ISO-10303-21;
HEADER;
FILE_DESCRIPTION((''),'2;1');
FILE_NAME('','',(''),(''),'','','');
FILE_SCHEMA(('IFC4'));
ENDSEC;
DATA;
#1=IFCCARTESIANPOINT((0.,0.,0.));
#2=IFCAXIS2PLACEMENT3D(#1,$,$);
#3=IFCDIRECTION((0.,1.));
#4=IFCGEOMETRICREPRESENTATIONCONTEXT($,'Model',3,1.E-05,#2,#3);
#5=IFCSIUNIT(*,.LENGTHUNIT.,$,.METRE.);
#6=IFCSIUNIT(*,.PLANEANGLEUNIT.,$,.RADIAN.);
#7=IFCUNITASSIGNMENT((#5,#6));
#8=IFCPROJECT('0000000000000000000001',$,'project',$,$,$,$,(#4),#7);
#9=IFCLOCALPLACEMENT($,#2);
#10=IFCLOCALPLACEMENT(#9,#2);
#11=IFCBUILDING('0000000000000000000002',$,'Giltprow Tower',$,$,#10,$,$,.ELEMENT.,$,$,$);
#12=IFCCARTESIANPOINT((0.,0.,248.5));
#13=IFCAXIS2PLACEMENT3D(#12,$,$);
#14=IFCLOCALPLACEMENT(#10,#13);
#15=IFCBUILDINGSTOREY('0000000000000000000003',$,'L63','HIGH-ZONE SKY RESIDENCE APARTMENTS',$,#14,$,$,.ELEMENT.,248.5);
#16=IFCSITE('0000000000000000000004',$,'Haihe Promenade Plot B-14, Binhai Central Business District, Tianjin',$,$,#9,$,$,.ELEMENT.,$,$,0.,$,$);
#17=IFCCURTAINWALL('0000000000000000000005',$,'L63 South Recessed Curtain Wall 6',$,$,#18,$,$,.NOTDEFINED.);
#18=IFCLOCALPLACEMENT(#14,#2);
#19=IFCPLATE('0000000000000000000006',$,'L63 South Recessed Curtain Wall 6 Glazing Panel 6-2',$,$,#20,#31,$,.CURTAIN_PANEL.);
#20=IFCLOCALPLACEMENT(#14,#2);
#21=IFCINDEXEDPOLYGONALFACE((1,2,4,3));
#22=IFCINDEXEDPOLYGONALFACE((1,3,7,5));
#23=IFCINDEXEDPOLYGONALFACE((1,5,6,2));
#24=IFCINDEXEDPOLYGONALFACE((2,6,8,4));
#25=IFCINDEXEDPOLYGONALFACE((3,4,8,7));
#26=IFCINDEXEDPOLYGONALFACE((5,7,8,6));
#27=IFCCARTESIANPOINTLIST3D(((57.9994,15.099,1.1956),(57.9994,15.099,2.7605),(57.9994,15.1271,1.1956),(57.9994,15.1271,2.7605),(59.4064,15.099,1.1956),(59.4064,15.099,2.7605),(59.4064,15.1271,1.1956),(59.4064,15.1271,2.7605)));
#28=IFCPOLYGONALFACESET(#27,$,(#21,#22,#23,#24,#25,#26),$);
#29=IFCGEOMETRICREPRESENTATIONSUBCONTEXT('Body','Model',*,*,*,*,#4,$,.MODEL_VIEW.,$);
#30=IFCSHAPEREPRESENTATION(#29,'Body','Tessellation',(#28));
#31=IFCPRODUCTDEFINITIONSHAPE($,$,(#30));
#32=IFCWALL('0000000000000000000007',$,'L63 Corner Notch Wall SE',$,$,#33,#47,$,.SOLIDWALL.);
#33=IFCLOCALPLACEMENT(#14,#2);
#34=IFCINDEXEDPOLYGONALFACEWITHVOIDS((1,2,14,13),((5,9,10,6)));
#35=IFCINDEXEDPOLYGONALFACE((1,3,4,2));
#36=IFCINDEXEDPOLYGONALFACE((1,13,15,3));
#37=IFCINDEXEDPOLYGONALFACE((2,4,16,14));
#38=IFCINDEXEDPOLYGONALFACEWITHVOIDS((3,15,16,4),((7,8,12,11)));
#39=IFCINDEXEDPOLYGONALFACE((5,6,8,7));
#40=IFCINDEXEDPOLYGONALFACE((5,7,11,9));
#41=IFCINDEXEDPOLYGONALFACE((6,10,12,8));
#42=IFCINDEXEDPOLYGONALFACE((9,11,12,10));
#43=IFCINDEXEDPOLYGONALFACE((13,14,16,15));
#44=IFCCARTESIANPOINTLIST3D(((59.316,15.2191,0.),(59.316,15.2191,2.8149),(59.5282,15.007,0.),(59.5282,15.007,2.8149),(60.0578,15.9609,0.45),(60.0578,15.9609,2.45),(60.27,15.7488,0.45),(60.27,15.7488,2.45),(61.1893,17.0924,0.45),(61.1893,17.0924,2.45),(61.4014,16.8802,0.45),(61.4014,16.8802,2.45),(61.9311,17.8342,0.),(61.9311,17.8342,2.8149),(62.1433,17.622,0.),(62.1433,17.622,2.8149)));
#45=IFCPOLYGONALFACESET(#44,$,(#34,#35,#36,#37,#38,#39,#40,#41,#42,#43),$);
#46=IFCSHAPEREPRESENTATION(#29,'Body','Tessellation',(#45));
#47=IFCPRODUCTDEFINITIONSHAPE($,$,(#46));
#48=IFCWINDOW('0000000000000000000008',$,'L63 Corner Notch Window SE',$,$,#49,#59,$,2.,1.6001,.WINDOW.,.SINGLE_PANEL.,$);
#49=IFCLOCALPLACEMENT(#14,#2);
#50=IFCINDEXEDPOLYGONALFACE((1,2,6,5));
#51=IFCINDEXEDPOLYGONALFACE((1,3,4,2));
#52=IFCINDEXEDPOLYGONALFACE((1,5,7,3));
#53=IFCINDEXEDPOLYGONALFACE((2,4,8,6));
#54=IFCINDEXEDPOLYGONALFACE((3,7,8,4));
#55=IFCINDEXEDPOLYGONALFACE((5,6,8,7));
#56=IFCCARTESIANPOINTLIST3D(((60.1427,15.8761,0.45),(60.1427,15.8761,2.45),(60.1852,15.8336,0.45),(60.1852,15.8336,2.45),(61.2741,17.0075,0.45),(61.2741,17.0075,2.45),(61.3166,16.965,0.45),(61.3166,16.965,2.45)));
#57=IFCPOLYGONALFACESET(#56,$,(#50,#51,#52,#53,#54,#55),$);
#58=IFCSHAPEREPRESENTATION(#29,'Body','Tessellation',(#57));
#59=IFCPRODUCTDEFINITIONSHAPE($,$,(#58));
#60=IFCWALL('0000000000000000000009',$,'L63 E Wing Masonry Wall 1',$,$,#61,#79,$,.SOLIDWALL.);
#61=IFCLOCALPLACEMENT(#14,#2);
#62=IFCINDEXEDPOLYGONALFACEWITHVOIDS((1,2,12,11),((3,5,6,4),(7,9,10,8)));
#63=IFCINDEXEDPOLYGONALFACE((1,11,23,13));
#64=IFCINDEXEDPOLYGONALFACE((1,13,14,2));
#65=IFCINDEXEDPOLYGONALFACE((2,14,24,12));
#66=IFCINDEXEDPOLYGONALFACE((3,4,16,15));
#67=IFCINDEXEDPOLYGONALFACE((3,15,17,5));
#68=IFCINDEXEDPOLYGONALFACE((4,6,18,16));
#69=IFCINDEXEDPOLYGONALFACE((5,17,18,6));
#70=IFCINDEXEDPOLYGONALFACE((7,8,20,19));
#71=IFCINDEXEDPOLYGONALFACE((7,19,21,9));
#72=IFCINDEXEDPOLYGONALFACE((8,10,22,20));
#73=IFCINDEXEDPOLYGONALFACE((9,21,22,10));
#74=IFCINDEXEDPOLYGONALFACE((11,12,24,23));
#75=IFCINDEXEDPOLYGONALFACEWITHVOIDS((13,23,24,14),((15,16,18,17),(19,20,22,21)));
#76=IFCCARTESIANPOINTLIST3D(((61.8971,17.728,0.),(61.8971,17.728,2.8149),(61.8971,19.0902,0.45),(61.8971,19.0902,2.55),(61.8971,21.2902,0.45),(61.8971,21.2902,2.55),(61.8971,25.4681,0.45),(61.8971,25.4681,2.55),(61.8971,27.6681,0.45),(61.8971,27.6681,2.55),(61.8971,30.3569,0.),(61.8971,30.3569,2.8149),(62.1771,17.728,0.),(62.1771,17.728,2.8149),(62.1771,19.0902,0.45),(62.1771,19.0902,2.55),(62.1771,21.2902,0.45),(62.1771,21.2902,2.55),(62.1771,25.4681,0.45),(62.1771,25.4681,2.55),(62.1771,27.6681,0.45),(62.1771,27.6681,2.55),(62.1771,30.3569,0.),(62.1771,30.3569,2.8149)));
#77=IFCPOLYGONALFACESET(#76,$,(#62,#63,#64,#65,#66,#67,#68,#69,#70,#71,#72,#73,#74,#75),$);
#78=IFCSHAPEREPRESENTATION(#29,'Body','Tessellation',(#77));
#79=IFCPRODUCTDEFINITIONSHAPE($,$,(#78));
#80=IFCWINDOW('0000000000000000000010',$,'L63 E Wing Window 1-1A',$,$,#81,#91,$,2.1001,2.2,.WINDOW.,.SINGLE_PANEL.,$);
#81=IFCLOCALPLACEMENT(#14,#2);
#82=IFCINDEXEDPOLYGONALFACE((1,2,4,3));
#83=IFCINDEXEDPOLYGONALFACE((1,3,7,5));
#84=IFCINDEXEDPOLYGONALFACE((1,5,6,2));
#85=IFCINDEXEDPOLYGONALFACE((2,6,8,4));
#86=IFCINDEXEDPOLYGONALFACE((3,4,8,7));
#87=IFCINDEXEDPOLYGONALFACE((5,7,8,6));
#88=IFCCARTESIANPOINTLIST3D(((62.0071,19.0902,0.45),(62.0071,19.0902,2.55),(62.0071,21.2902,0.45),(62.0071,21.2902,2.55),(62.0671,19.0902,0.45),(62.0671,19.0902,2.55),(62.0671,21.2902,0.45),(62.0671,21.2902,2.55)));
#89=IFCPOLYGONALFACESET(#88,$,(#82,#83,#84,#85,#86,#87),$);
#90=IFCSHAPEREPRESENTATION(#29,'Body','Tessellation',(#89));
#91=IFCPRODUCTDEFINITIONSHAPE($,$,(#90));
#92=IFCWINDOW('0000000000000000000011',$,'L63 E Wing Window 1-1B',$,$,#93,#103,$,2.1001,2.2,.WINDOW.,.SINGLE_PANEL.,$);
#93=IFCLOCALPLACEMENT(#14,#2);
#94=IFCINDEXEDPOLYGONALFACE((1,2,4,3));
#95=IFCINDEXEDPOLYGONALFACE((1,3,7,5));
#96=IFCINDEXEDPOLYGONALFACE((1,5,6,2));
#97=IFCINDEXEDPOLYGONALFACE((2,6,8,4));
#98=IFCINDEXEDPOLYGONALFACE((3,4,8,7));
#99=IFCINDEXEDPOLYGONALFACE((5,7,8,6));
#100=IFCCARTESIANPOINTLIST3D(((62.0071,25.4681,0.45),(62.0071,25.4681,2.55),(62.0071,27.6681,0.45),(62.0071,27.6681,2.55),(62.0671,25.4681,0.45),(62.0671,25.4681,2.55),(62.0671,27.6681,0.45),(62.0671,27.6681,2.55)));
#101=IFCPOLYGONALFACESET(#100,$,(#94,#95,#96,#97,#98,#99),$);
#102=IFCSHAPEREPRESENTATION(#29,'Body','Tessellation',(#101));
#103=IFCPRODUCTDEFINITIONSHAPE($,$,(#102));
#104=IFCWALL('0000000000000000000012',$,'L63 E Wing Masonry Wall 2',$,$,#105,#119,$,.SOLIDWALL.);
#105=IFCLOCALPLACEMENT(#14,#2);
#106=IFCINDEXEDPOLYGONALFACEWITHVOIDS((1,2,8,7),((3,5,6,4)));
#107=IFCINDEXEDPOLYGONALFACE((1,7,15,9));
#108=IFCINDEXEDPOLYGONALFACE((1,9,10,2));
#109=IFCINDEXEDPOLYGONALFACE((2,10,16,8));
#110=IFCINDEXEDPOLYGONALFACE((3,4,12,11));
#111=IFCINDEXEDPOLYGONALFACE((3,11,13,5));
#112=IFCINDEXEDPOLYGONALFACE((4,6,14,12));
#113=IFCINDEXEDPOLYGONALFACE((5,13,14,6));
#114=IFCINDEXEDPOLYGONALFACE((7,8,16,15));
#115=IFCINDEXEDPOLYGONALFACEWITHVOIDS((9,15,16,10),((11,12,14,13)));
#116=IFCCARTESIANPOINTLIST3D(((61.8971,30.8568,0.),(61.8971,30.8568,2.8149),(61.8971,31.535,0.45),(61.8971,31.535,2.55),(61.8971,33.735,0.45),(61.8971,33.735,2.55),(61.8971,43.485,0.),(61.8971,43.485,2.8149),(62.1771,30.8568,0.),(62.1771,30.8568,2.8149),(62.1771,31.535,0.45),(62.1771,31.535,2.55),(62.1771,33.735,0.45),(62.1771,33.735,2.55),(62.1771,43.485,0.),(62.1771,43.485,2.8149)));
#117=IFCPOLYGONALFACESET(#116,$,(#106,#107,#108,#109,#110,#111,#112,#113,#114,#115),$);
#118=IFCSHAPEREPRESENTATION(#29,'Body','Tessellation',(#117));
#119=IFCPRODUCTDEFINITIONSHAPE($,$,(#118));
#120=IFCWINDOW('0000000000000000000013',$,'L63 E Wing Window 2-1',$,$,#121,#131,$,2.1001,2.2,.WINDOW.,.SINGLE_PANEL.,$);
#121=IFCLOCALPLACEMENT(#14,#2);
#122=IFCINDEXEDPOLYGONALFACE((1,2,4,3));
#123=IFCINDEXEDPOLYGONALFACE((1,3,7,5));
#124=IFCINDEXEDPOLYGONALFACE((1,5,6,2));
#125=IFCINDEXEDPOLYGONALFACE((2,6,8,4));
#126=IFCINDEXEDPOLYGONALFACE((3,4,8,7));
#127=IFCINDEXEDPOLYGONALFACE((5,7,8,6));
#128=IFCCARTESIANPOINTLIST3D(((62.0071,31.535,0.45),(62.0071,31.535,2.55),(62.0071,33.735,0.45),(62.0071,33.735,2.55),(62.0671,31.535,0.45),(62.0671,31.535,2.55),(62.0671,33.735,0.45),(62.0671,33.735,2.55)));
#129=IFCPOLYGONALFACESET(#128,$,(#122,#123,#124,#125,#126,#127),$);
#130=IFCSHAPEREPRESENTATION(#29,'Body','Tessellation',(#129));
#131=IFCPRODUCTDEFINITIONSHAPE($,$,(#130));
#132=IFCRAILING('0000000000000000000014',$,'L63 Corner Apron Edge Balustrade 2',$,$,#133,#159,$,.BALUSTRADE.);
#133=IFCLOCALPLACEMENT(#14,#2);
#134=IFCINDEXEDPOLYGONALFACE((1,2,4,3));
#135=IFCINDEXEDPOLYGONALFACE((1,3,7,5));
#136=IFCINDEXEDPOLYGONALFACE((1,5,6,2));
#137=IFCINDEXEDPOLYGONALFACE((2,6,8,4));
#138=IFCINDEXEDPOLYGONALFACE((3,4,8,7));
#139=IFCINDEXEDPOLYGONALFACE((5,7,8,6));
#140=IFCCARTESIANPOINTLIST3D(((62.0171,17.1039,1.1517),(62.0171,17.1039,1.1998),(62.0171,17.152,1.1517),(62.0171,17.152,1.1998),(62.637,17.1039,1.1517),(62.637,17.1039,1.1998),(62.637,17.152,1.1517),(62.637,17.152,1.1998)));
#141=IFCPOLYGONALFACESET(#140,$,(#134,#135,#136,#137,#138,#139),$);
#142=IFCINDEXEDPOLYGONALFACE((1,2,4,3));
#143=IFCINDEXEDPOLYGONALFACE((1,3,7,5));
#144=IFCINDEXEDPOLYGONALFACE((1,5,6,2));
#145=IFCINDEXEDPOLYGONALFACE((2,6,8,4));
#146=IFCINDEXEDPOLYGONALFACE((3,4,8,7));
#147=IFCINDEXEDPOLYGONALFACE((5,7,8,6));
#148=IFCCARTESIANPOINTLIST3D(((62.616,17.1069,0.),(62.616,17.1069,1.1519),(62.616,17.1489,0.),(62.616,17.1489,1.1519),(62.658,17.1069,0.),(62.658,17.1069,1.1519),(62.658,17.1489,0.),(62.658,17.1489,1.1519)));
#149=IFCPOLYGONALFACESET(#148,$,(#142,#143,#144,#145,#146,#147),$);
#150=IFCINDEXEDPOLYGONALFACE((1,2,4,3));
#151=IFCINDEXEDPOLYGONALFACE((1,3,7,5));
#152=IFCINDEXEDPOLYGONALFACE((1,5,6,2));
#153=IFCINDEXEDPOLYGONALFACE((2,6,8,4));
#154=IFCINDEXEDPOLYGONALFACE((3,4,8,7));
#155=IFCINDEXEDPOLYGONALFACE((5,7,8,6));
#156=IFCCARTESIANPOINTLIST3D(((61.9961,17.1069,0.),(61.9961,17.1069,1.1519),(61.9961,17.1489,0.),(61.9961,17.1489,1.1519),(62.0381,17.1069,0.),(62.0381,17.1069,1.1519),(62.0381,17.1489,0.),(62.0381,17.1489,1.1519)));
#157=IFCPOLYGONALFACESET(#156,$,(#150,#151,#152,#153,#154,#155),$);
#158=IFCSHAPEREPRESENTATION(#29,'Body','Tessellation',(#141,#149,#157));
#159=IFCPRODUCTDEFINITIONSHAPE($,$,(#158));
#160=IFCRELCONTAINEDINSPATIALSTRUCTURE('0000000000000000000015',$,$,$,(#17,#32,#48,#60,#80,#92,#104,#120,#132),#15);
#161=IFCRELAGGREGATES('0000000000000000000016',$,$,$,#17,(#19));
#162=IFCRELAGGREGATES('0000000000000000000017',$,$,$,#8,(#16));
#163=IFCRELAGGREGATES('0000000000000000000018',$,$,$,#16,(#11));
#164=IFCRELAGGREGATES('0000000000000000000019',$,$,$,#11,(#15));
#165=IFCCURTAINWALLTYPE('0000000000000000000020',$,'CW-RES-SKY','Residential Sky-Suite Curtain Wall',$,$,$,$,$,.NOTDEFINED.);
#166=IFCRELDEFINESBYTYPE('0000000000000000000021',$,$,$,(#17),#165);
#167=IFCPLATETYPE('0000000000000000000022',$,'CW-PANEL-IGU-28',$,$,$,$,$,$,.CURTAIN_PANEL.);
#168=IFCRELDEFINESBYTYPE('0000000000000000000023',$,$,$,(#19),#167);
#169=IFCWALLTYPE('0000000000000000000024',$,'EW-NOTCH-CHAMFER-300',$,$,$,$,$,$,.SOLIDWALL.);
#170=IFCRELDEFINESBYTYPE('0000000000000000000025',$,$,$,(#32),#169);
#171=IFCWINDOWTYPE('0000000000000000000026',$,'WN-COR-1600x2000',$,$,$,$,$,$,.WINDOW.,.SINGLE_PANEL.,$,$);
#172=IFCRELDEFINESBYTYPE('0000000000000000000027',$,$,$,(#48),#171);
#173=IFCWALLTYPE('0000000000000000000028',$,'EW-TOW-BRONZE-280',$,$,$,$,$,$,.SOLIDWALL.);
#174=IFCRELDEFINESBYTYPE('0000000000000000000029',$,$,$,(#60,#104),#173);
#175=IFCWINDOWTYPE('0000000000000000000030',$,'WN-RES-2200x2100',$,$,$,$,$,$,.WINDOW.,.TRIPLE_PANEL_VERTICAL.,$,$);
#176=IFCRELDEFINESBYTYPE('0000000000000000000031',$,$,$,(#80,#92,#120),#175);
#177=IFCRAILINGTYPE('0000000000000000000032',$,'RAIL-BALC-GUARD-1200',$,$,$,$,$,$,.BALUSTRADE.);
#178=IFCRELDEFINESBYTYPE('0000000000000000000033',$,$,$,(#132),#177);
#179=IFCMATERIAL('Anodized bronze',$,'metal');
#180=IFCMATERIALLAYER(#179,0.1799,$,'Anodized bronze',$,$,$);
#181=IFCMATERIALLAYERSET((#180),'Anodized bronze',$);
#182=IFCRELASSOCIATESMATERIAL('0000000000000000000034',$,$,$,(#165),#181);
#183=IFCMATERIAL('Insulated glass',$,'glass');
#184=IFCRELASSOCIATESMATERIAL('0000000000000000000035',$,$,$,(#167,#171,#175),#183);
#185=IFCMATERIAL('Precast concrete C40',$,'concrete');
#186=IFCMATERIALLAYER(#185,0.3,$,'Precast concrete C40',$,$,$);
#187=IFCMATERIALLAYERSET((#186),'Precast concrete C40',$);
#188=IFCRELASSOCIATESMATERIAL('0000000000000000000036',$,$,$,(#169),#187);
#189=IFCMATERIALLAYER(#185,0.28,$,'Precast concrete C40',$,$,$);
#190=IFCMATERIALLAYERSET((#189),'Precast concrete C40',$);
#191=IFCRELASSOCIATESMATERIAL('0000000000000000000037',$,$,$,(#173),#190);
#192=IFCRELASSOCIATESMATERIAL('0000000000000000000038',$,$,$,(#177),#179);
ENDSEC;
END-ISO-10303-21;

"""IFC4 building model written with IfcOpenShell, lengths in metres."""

from ifc_helpers import new_model, si_unit, direction, frame, frame_2d, origin, origin_2d, place, context, subcontext, project, spatial, rectangle, extrude, source, transform, mapped, material, layer, layer_set, type_object, element, fill, aggregate, save


model = new_model("IFC4")

# Units and contexts
model_context = context("Model", 3, precision=1e-05, world=origin(), true_north=direction((0.0, 1.0)))
body_context = subcontext(model_context, "Body", "Model", "MODEL_VIEW")
ifc_project = project(units=[si_unit("LENGTHUNIT", "METRE"), si_unit("PLANEANGLEUNIT", "RADIAN")], contexts=[model_context])

# Site, building, storey
site_placement = place(None, origin())
site = spatial("IfcSite", under=ifc_project, at=site_placement, Name="Haihe Promenade Plot B-14, Binhai Central Business District, Tianjin", CompositionType="ELEMENT", RefElevation=0.0)
building_placement = place(site_placement, origin())
building = spatial("IfcBuilding", under=site, at=building_placement, Name="Giltprow Tower", CompositionType="ELEMENT")
storey_placement = place(building_placement, frame((0.0, 0.0, 248.5)))
storey = spatial("IfcBuildingStorey", under=building, at=storey_placement, Name="L63", Description="HIGH-ZONE SKY RESIDENCE APARTMENTS", CompositionType="ELEMENT", Elevation=248.5)

# Curtain wall, plate
ifc_material_1 = material(Name="Anodized bronze", Category="metal")
ifc_layer_1 = layer(ifc_material_1, 0.1799, Name="Anodized bronze")
ifc_layer_set_1 = layer_set([ifc_layer_1], Name="Anodized bronze")
curtain_wall_type = type_object("IfcCurtainWallType", Name="CW-RES-SKY", Description="Residential Sky-Suite Curtain Wall", PredefinedType="NOTDEFINED", material=ifc_layer_set_1)
curtain_wall_placement = place(storey_placement, origin())
curtain_wall = element("IfcCurtainWall", 1, at=curtain_wall_placement, inside=storey, type_object=curtain_wall_type, Name="L63 South Recessed Curtain Wall 6", PredefinedType="NOTDEFINED")
ifc_material_2 = material(Name="Insulated glass", Category="glass")
plate_type = type_object("IfcPlateType", Name="CW-PANEL-IGU-28", PredefinedType="CURTAIN_PANEL", material=ifc_material_2)
shared_shape_1 = source(origin(), body_context, "Body", "SweptSolid", [
    extrude(rectangle(XDim=1.407, YDim=0.0281, at=origin_2d()), origin(), (0.0, 0.0, 1.0), 1.5649),
])
plate_1_placement = place(storey_placement, frame((58.7029, 15.113, 1.1956), z_axis=(0.0, 0.0, 1.0), x_axis=(1.0, 0.0, 0.0)))
plate_1 = element("IfcPlate", 2, at=plate_1_placement, type_object=plate_type, Name="L63 South Recessed Curtain Wall 6 Glazing Panel 6-2", PredefinedType="CURTAIN_PANEL", context=body_context, shape_type="MappedRepresentation", body=[
    mapped(shared_shape_1, transform((0.0, 0.0, 0.0), x_axis=(1.0, 0.0, 0.0), y_axis=(0.0, 1.0, 0.0), z_axis=(0.0, 0.0, 1.0), scale=1.0)),
])
aggregate(curtain_wall, [plate_1])

# Wall, opening, window
ifc_material_3 = material(Name="Precast concrete C40", Category="concrete")
ifc_layer_2 = layer(ifc_material_3, 0.3, Name="Precast concrete C40")
ifc_layer_set_2 = layer_set([ifc_layer_2], Name="Precast concrete C40")
wall_type_1 = type_object("IfcWallType", Name="EW-NOTCH-CHAMFER-300", PredefinedType="SOLIDWALL", material=ifc_layer_set_2)
wall_1_placement = place(storey_placement, frame((59.4221, 15.113, 0.0), z_axis=(0.0, 0.0, 1.0), x_axis=(0.707107, 0.707107, 0.0)))
wall_1 = element("IfcWall", 3, at=wall_1_placement, inside=storey, type_object=wall_type_1, Name="L63 Corner Notch Wall SE", PredefinedType="SOLIDWALL", context=body_context, shape_type="SweptSolid", body=[
    extrude(rectangle(XDim=3.6982, YDim=0.3, at=frame_2d((1.8491, 0.0))), origin(), (0.0, 0.0, 1.0), 2.8149),
])
opening_1_placement = place(wall_1_placement, frame((1.0491, 0.0, 0.45)))
opening_1 = element("IfcOpeningElement", 4, at=opening_1_placement, cuts=wall_1, PredefinedType="OPENING", context=body_context, shape_type="SweptSolid", body=[
    extrude(rectangle(XDim=1.6001, YDim=2.0, at=frame_2d((0.8, 1.0))), frame((0.0, 0.1599, 0.0), z_axis=(0.0, -1.0, 0.0), x_axis=(1.0, 0.0, 0.0)), (0.0, 0.0, 1.0), 0.3201),
])
window_type_1 = type_object("IfcWindowType", Name="WN-COR-1600x2000", PartitioningType="SINGLE_PANEL", PredefinedType="WINDOW", material=ifc_material_2)
shared_shape_2 = source(origin(), body_context, "Body", "SweptSolid", [
    extrude(rectangle(XDim=1.6001, YDim=2.0, at=frame_2d((0.8, 1.0))), frame((0.0, 0.03, 0.0), z_axis=(0.0, -1.0, 0.0), x_axis=(1.0, 0.0, 0.0)), (0.0, 0.0, 1.0), 0.0601),
])
window_1_placement = place(opening_1_placement, origin())
window_1 = element("IfcWindow", 5, at=window_1_placement, inside=storey, type_object=window_type_1, Name="L63 Corner Notch Window SE", OverallHeight=2.0, OverallWidth=1.6001, PartitioningType="SINGLE_PANEL", PredefinedType="WINDOW", context=body_context, shape_type="MappedRepresentation", body=[
    mapped(shared_shape_2, transform((0.0, 0.0, 0.0), x_axis=(1.0, 0.0, 0.0), y_axis=(0.0, 1.0, 0.0), z_axis=(0.0, 0.0, 1.0), scale=1.0)),
])
fill(opening_1, window_1)

# Wall, openings, windows
ifc_layer_3 = layer(ifc_material_3, 0.28, Name="Precast concrete C40")
ifc_layer_set_3 = layer_set([ifc_layer_3], Name="Precast concrete C40")
wall_type_2 = type_object("IfcWallType", Name="EW-TOW-BRONZE-280", PredefinedType="SOLIDWALL", material=ifc_layer_set_3)
wall_2_placement = place(storey_placement, frame((62.0371, 17.728, 0.0), z_axis=(0.0, 0.0, 1.0), x_axis=(0.0, 1.0, 0.0)))
wall_2 = element("IfcWall", 6, at=wall_2_placement, inside=storey, type_object=wall_type_2, Name="L63 E Wing Masonry Wall 1", PredefinedType="SOLIDWALL", context=body_context, shape_type="SweptSolid", body=[
    extrude(rectangle(XDim=12.6289, YDim=0.28, at=frame_2d((6.3145, 0.0))), origin(), (0.0, 0.0, 1.0), 2.8149),
])
opening_2_placement = place(wall_2_placement, frame((1.3621, 0.0, 0.45)))
opening_2 = element("IfcOpeningElement", 7, at=opening_2_placement, cuts=wall_2, PredefinedType="OPENING", context=body_context, shape_type="SweptSolid", body=[
    extrude(rectangle(XDim=2.2, YDim=2.1001, at=frame_2d((1.1001, 1.05))), frame((0.0, 0.1499, 0.0), z_axis=(0.0, -1.0, 0.0), x_axis=(1.0, 0.0, 0.0)), (0.0, 0.0, 1.0), 0.3),
])
opening_3_placement = place(wall_2_placement, frame((7.74, 0.0, 0.45)))
opening_3 = element("IfcOpeningElement", 8, at=opening_3_placement, cuts=wall_2, PredefinedType="OPENING", context=body_context, shape_type="SweptSolid", body=[
    extrude(rectangle(XDim=2.2, YDim=2.1001, at=frame_2d((1.1001, 1.05))), frame((0.0, 0.1499, 0.0), z_axis=(0.0, -1.0, 0.0), x_axis=(1.0, 0.0, 0.0)), (0.0, 0.0, 1.0), 0.3),
])
window_type_2 = type_object("IfcWindowType", Name="WN-RES-2200x2100", PartitioningType="TRIPLE_PANEL_VERTICAL", PredefinedType="WINDOW", material=ifc_material_2)
shared_shape_3 = source(origin(), body_context, "Body", "SweptSolid", [
    extrude(rectangle(XDim=2.2, YDim=2.1001, at=frame_2d((1.1001, 1.05))), frame((0.0, 0.03, 0.0), z_axis=(0.0, -1.0, 0.0), x_axis=(1.0, 0.0, 0.0)), (0.0, 0.0, 1.0), 0.0601),
])
window_2_placement = place(opening_2_placement, origin())
window_2 = element("IfcWindow", 9, at=window_2_placement, inside=storey, type_object=window_type_2, Name="L63 E Wing Window 1-1A", OverallHeight=2.1001, OverallWidth=2.2, PartitioningType="SINGLE_PANEL", PredefinedType="WINDOW", context=body_context, shape_type="MappedRepresentation", body=[
    mapped(shared_shape_3, transform((0.0, 0.0, 0.0), x_axis=(1.0, 0.0, 0.0), y_axis=(0.0, 1.0, 0.0), z_axis=(0.0, 0.0, 1.0), scale=1.0)),
])
fill(opening_2, window_2)
window_3_placement = place(opening_3_placement, origin())
window_3 = element("IfcWindow", 10, at=window_3_placement, inside=storey, type_object=window_type_2, Name="L63 E Wing Window 1-1B", OverallHeight=2.1001, OverallWidth=2.2, PartitioningType="SINGLE_PANEL", PredefinedType="WINDOW", context=body_context, shape_type="MappedRepresentation", body=[
    mapped(shared_shape_3, transform((0.0, 0.0, 0.0), x_axis=(1.0, 0.0, 0.0), y_axis=(0.0, 1.0, 0.0), z_axis=(0.0, 0.0, 1.0), scale=1.0)),
])
fill(opening_3, window_3)

# Wall, opening, window
wall_3_placement = place(storey_placement, frame((62.0371, 30.8569, 0.0), z_axis=(0.0, 0.0, 1.0), x_axis=(0.0, 1.0, 0.0)))
wall_3 = element("IfcWall", 11, at=wall_3_placement, inside=storey, type_object=wall_type_2, Name="L63 E Wing Masonry Wall 2", PredefinedType="SOLIDWALL", context=body_context, shape_type="SweptSolid", body=[
    extrude(rectangle(XDim=12.6282, YDim=0.28, at=frame_2d((6.314, 0.0))), origin(), (0.0, 0.0, 1.0), 2.8149),
])
opening_4_placement = place(wall_3_placement, frame((0.678, 0.0, 0.45)))
opening_4 = element("IfcOpeningElement", 12, at=opening_4_placement, cuts=wall_3, PredefinedType="OPENING", context=body_context, shape_type="SweptSolid", body=[
    extrude(rectangle(XDim=2.2, YDim=2.1001, at=frame_2d((1.1001, 1.05))), frame((0.0, 0.1499, 0.0), z_axis=(0.0, -1.0, 0.0), x_axis=(1.0, 0.0, 0.0)), (0.0, 0.0, 1.0), 0.3),
])
window_4_placement = place(opening_4_placement, origin())
window_4 = element("IfcWindow", 13, at=window_4_placement, inside=storey, type_object=window_type_2, Name="L63 E Wing Window 2-1", OverallHeight=2.1001, OverallWidth=2.2, PartitioningType="SINGLE_PANEL", PredefinedType="WINDOW", context=body_context, shape_type="MappedRepresentation", body=[
    mapped(shared_shape_3, transform((0.0, 0.0, 0.0), x_axis=(1.0, 0.0, 0.0), y_axis=(0.0, 1.0, 0.0), z_axis=(0.0, 0.0, 1.0), scale=1.0)),
])
fill(opening_4, window_4)

# Railing
railing_type = type_object("IfcRailingType", Name="RAIL-BALC-GUARD-1200", PredefinedType="BALUSTRADE", material=ifc_material_1)
railing_1_placement = place(storey_placement, frame((62.637, 17.1279, 0.0)))
element("IfcRailing", 14, at=railing_1_placement, inside=storey, type_object=railing_type, Name="L63 Corner Apron Edge Balustrade 2", PredefinedType="BALUSTRADE", context=body_context, shape_type="SweptSolid", body=[
    extrude(rectangle(XDim=0.0481, YDim=0.0481, at=origin_2d()), frame((0.0, 0.0, 1.1758), z_axis=(-1.0, 0.0, 0.0), x_axis=(0.0, -1.0, 0.0)), (0.0, 0.0, 1.0), 0.6199),
    extrude(rectangle(XDim=0.042, YDim=0.042, at=origin_2d()), origin(), (0.0, 0.0, 1.0), 1.1519),
    extrude(rectangle(XDim=0.042, YDim=0.042, at=origin_2d()), frame((-0.6199, 0.0, 0.0)), (0.0, 0.0, 1.0), 1.1519),
])

save(model, "model.ifc")
